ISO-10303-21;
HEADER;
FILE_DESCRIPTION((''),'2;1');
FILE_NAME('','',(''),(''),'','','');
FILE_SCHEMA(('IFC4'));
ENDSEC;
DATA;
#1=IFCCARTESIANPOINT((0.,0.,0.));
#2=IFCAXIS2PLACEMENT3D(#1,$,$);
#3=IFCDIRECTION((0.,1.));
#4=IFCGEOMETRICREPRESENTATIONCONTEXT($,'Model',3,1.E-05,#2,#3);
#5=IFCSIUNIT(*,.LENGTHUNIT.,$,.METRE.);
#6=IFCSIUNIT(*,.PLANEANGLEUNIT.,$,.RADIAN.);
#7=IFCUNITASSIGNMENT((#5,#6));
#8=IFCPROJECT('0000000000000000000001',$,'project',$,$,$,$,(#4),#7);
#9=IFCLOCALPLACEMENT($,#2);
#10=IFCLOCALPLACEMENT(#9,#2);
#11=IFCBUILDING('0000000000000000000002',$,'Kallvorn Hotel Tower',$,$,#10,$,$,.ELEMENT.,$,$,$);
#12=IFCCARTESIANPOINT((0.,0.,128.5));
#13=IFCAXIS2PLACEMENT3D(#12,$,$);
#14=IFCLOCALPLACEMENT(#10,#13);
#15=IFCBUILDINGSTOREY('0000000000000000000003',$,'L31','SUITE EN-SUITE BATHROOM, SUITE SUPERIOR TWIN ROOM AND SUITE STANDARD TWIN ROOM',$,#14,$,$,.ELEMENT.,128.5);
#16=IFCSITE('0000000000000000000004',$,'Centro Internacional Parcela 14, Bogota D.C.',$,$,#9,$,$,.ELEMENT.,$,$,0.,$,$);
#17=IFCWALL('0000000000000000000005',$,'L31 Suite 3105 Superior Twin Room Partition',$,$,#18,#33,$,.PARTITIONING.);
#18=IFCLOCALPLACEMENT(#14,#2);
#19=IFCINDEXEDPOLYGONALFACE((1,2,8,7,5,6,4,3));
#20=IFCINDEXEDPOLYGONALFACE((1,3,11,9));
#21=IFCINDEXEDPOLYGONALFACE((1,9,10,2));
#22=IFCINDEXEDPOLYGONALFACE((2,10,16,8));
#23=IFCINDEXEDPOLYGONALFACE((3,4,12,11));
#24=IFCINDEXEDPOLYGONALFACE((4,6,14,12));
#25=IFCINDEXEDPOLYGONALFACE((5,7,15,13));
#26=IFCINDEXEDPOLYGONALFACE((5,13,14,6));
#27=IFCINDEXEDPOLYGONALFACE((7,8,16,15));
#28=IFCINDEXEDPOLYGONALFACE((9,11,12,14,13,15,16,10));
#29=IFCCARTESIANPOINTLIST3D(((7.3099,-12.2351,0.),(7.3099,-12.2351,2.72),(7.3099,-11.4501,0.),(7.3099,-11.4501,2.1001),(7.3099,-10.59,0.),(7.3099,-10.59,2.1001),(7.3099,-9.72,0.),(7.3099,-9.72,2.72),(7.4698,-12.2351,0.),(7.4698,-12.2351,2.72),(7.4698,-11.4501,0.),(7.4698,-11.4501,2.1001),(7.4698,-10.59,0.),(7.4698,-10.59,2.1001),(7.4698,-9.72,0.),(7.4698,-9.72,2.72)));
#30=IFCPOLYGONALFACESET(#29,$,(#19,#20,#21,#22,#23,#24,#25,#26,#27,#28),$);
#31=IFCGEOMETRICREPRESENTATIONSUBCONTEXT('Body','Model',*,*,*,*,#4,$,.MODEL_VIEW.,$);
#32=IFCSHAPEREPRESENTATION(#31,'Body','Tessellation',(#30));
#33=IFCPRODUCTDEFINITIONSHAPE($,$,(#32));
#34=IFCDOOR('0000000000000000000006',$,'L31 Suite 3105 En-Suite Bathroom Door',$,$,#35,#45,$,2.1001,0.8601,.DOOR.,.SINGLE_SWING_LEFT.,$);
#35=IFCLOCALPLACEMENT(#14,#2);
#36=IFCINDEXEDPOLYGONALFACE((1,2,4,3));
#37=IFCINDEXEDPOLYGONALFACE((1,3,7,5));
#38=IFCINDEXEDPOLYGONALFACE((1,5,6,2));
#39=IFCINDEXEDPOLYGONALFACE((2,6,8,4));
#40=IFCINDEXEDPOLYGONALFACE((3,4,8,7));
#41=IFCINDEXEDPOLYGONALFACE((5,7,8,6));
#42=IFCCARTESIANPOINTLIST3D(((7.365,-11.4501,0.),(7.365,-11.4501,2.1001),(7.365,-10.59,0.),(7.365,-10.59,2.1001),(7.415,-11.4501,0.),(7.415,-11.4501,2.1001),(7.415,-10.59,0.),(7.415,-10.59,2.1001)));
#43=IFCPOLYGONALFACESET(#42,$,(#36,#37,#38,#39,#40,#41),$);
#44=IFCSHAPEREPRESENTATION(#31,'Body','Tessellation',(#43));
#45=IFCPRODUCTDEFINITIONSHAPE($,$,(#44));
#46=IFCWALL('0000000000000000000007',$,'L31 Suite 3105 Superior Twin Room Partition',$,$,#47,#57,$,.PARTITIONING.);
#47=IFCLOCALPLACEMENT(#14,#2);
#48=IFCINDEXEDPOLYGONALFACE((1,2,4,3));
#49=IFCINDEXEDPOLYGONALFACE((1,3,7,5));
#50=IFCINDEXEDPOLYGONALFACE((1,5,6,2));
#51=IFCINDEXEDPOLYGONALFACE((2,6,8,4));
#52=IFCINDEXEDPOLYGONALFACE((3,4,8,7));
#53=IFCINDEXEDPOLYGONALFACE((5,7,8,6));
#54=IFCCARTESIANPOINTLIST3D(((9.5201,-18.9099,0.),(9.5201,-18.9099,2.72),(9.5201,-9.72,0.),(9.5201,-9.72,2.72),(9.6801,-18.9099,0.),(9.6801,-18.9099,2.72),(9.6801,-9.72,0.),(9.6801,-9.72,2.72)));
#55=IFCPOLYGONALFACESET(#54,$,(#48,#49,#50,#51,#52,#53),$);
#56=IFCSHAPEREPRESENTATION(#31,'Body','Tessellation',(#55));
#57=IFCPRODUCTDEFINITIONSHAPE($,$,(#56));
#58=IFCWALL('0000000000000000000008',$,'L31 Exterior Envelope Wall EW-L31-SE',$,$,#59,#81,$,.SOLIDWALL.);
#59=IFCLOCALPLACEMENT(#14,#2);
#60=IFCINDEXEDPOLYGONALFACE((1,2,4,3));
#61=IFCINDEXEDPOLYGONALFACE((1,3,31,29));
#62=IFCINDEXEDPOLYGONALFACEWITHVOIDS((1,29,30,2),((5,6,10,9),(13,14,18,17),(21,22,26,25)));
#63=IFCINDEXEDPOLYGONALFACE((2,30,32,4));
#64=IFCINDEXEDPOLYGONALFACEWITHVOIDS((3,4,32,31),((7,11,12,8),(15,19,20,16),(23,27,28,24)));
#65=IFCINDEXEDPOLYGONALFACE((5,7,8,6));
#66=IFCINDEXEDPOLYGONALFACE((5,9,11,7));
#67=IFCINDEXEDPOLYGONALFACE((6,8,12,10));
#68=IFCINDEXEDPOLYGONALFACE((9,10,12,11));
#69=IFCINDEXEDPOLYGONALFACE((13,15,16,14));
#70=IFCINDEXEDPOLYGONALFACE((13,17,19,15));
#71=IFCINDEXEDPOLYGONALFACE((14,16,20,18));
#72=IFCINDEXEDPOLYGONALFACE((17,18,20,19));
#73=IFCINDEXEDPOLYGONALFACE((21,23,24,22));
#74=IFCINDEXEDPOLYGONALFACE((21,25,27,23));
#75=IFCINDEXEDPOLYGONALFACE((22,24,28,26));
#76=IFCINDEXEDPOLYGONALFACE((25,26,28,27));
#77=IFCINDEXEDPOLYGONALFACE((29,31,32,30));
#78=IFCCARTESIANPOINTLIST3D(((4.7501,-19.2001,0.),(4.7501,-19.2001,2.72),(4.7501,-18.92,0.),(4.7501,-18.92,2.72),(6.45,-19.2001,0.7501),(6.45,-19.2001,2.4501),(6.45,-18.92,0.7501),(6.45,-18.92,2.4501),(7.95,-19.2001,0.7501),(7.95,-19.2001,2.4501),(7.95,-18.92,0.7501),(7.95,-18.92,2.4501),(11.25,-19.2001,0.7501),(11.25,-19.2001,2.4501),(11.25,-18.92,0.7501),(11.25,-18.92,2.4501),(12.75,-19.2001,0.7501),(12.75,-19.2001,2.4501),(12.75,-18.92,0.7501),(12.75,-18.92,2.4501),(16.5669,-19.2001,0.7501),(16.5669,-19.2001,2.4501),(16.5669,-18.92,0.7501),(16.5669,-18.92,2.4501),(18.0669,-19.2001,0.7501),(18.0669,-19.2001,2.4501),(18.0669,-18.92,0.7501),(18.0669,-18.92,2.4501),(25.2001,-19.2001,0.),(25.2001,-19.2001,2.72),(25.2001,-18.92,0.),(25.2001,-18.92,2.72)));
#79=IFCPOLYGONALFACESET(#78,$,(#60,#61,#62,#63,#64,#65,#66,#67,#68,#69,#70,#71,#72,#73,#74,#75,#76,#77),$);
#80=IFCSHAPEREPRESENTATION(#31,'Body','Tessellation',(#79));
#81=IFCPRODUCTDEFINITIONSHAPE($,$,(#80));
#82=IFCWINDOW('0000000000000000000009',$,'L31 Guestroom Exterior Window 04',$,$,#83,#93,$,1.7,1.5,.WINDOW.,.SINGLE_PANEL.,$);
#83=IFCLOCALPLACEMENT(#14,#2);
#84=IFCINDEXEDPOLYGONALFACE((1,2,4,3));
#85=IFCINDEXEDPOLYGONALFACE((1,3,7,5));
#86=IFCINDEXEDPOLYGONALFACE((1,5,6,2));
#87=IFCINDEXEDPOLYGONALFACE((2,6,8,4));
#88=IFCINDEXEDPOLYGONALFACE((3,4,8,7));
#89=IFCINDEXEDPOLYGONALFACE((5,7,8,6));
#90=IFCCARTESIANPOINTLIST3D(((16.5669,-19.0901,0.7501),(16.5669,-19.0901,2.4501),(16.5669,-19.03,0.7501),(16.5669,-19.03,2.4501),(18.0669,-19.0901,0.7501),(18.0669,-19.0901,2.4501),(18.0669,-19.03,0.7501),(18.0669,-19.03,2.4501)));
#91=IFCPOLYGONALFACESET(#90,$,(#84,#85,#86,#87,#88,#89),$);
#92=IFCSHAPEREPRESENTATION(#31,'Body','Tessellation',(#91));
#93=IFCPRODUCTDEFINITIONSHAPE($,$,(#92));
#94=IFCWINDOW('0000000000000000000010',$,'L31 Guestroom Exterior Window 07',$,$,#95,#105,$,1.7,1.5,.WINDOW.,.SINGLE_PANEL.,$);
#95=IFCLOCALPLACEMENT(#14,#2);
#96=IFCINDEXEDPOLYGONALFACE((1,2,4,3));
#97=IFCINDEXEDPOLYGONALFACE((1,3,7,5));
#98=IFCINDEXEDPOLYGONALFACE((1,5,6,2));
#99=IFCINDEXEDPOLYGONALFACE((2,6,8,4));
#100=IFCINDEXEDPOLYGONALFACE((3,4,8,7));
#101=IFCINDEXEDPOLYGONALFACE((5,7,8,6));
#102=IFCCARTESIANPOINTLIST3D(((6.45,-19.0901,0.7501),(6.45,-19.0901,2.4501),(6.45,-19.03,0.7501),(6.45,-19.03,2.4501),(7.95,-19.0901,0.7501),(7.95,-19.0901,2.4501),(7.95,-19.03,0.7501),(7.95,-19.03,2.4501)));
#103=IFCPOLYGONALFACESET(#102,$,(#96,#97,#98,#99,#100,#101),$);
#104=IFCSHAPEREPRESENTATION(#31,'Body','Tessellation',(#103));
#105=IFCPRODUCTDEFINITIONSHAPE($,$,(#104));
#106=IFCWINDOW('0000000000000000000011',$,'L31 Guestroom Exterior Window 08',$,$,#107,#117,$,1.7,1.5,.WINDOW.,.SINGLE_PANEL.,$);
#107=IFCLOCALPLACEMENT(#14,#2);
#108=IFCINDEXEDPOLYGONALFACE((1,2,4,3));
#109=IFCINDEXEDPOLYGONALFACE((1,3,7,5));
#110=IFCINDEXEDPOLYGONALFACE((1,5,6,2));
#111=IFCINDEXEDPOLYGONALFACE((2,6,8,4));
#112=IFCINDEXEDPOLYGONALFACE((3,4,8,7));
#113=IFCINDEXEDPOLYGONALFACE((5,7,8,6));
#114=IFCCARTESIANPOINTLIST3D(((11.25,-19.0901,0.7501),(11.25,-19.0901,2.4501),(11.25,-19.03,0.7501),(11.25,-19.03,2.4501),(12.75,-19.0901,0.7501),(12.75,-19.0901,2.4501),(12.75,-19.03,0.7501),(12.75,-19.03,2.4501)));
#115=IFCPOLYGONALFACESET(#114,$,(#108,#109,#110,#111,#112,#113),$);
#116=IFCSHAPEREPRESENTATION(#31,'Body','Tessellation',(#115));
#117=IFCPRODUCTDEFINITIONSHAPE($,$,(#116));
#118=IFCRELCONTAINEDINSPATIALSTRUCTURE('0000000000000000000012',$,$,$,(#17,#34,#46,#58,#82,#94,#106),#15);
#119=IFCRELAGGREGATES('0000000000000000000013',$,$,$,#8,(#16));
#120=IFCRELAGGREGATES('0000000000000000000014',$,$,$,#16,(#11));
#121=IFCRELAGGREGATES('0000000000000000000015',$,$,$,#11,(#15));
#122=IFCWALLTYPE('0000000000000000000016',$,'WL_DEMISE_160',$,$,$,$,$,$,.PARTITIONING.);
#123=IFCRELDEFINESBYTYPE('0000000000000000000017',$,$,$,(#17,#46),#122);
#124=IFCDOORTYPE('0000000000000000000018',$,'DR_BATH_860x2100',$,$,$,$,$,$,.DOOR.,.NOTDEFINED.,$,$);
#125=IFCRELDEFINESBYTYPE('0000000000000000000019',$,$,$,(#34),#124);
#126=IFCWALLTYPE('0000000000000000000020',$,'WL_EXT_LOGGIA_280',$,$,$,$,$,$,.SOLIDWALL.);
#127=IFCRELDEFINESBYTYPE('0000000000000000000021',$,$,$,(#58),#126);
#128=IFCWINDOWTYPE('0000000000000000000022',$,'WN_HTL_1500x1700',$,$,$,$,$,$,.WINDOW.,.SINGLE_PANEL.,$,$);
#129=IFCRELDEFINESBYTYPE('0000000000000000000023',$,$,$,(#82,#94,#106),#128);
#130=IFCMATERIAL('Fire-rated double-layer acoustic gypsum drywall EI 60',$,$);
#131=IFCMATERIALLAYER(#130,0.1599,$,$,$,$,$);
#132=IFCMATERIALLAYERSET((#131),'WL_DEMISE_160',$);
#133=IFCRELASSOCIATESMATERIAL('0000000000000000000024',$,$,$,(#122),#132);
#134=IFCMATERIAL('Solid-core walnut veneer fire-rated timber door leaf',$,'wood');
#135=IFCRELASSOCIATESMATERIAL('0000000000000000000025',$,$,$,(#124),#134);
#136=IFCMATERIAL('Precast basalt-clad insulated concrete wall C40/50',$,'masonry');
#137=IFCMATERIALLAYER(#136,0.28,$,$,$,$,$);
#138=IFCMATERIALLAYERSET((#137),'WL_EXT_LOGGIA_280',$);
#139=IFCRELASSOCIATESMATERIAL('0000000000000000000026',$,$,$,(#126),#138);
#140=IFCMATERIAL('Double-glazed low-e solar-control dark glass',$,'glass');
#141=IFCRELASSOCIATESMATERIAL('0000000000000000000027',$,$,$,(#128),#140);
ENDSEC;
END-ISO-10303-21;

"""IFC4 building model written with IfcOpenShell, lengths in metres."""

from ifc_helpers import new_model, si_unit, direction, frame, frame_2d, origin, place, context, subcontext, project, spatial, rectangle, extrude, material, layer, layer_set, type_object, element, fill, save


model = new_model("IFC4")

# Units and contexts
model_context = context("Model", 3, precision=1e-05, world=origin(), true_north=direction((0.0, 1.0)))
body_context = subcontext(model_context, "Body", "Model", "MODEL_VIEW")
ifc_project = project(units=[si_unit("LENGTHUNIT", "METRE"), si_unit("PLANEANGLEUNIT", "RADIAN")], contexts=[model_context])

# Site, building, storey
site_placement = place(None, origin())
site = spatial("IfcSite", under=ifc_project, at=site_placement, Name="Centro Internacional Parcela 14, Bogota D.C.", CompositionType="ELEMENT", RefElevation=0.0)
building_placement = place(site_placement, origin())
building = spatial("IfcBuilding", under=site, at=building_placement, Name="Kallvorn Hotel Tower", CompositionType="ELEMENT")
storey_placement = place(building_placement, frame((0.0, 0.0, 128.5)))
storey = spatial("IfcBuildingStorey", under=building, at=storey_placement, Name="L31", Description="SUITE EN-SUITE BATHROOM, SUITE SUPERIOR TWIN ROOM AND SUITE STANDARD TWIN ROOM", CompositionType="ELEMENT", Elevation=128.5)

# Shared definitions
ifc_material_1 = material(Name="Fire-rated double-layer acoustic gypsum drywall EI 60")
ifc_layer_1 = layer(ifc_material_1, 0.1599)
ifc_layer_set_1 = layer_set([ifc_layer_1], Name="WL_DEMISE_160")
wall_type_1 = type_object("IfcWallType", Name="WL_DEMISE_160", PredefinedType="PARTITIONING", material=ifc_layer_set_1)

# Wall, opening, door
wall_1_placement = place(storey_placement, frame((7.3899, -12.2351, 0.0), z_axis=(0.0, 0.0, 1.0), x_axis=(0.0, 1.0, 0.0)))
wall_1 = element("IfcWall", 1, at=wall_1_placement, inside=storey, type_object=wall_type_1, Name="L31 Suite 3105 Superior Twin Room Partition", PredefinedType="PARTITIONING", context=body_context, shape_type="SweptSolid", body=[
    extrude(rectangle(XDim=2.5151, YDim=0.1599, at=frame_2d((1.2576, 0.0))), origin(), (0.0, 0.0, 1.0), 2.72),
])
opening_1_placement = place(wall_1_placement, frame((0.7849, 0.0, 0.0)))
opening_1 = element("IfcOpeningElement", 2, at=opening_1_placement, cuts=wall_1, PredefinedType="OPENING", context=body_context, shape_type="SweptSolid", body=[
    extrude(rectangle(XDim=0.8601, YDim=2.1001, at=frame_2d((0.4302, 1.05))), frame((0.0, 0.095, 0.0), z_axis=(0.0, -1.0, 0.0), x_axis=(1.0, 0.0, 0.0)), (0.0, 0.0, 1.0), 0.1899),
])
ifc_material_2 = material(Name="Solid-core walnut veneer fire-rated timber door leaf", Category="wood")
door_type = type_object("IfcDoorType", Name="DR_BATH_860x2100", OperationType="NOTDEFINED", PredefinedType="DOOR", material=ifc_material_2)
door_placement = place(opening_1_placement, origin())
door = element("IfcDoor", 3, at=door_placement, inside=storey, type_object=door_type, Name="L31 Suite 3105 En-Suite Bathroom Door", OperationType="SINGLE_SWING_LEFT", OverallHeight=2.1001, OverallWidth=0.8601, PredefinedType="DOOR", context=body_context, shape_type="SweptSolid", body=[
    extrude(rectangle(XDim=0.8601, YDim=2.1001, at=frame_2d((0.4302, 1.05))), frame((0.0, 0.0249, 0.0), z_axis=(0.0, -1.0, 0.0), x_axis=(1.0, 0.0, 0.0)), (0.0, 0.0, 1.0), 0.05),
])
fill(opening_1, door)

# Wall
wall_2_placement = place(storey_placement, frame((9.6001, -18.9099, 0.0), z_axis=(0.0, 0.0, 1.0), x_axis=(0.0, 1.0, 0.0)))
element("IfcWall", 4, at=wall_2_placement, inside=storey, type_object=wall_type_1, Name="L31 Suite 3105 Superior Twin Room Partition", PredefinedType="PARTITIONING", context=body_context, shape_type="SweptSolid", body=[
    extrude(rectangle(XDim=9.1899, YDim=0.1599, at=frame_2d((4.595, 0.0))), origin(), (0.0, 0.0, 1.0), 2.72),
])

# Wall, openings, windows
ifc_material_3 = material(Name="Precast basalt-clad insulated concrete wall C40/50", Category="masonry")
ifc_layer_2 = layer(ifc_material_3, 0.28)
ifc_layer_set_2 = layer_set([ifc_layer_2], Name="WL_EXT_LOGGIA_280")
wall_type_2 = type_object("IfcWallType", Name="WL_EXT_LOGGIA_280", PredefinedType="SOLIDWALL", material=ifc_layer_set_2)
wall_3_placement = place(storey_placement, frame((4.75, -19.0601, 0.0), z_axis=(0.0, 0.0, 1.0), x_axis=(1.0, 0.0, 0.0)))
wall_3 = element("IfcWall", 5, at=wall_3_placement, inside=storey, type_object=wall_type_2, Name="L31 Exterior Envelope Wall EW-L31-SE", PredefinedType="SOLIDWALL", context=body_context, shape_type="SweptSolid", body=[
    extrude(rectangle(XDim=20.45, YDim=0.28, at=frame_2d((10.2251, 0.0))), origin(), (0.0, 0.0, 1.0), 2.72),
])
opening_2_placement = place(wall_3_placement, frame((11.8169, 0.0, 0.75)))
opening_2 = element("IfcOpeningElement", 6, at=opening_2_placement, cuts=wall_3, PredefinedType="OPENING", context=body_context, shape_type="SweptSolid", body=[
    extrude(rectangle(XDim=1.5, YDim=1.7, at=frame_2d((0.75, 0.8501))), frame((0.0, 0.155, 0.0), z_axis=(0.0, -1.0, 0.0), x_axis=(1.0, 0.0, 0.0)), (0.0, 0.0, 1.0), 0.3101),
])
opening_3_placement = place(wall_3_placement, frame((1.7, 0.0, 0.75)))
opening_3 = element("IfcOpeningElement", 7, at=opening_3_placement, cuts=wall_3, PredefinedType="OPENING", context=body_context, shape_type="SweptSolid", body=[
    extrude(rectangle(XDim=1.5, YDim=1.7, at=frame_2d((0.75, 0.8501))), frame((0.0, 0.155, 0.0), z_axis=(0.0, -1.0, 0.0), x_axis=(1.0, 0.0, 0.0)), (0.0, 0.0, 1.0), 0.3101),
])
opening_4_placement = place(wall_3_placement, frame((6.5, 0.0, 0.75)))
opening_4 = element("IfcOpeningElement", 8, at=opening_4_placement, cuts=wall_3, PredefinedType="OPENING", context=body_context, shape_type="SweptSolid", body=[
    extrude(rectangle(XDim=1.5, YDim=1.7, at=frame_2d((0.75, 0.8501))), frame((0.0, 0.155, 0.0), z_axis=(0.0, -1.0, 0.0), x_axis=(1.0, 0.0, 0.0)), (0.0, 0.0, 1.0), 0.3101),
])
ifc_material_4 = material(Name="Double-glazed low-e solar-control dark glass", Category="glass")
window_type = type_object("IfcWindowType", Name="WN_HTL_1500x1700", PartitioningType="SINGLE_PANEL", PredefinedType="WINDOW", material=ifc_material_4)
window_1_placement = place(opening_2_placement, origin())
window_1 = element("IfcWindow", 9, at=window_1_placement, inside=storey, type_object=window_type, Name="L31 Guestroom Exterior Window 04", OverallHeight=1.7, OverallWidth=1.5, PartitioningType="SINGLE_PANEL", PredefinedType="WINDOW", context=body_context, shape_type="SweptSolid", body=[
    extrude(rectangle(XDim=1.5, YDim=1.7, at=frame_2d((0.75, 0.8501))), frame((0.0, 0.03, 0.0), z_axis=(0.0, -1.0, 0.0), x_axis=(1.0, 0.0, 0.0)), (0.0, 0.0, 1.0), 0.0601),
])
fill(opening_2, window_1)
window_2_placement = place(opening_3_placement, origin())
window_2 = element("IfcWindow", 10, at=window_2_placement, inside=storey, type_object=window_type, Name="L31 Guestroom Exterior Window 07", OverallHeight=1.7, OverallWidth=1.5, PartitioningType="SINGLE_PANEL", PredefinedType="WINDOW", context=body_context, shape_type="SweptSolid", body=[
    extrude(rectangle(XDim=1.5, YDim=1.7, at=frame_2d((0.75, 0.8501))), frame((0.0, 0.03, 0.0), z_axis=(0.0, -1.0, 0.0), x_axis=(1.0, 0.0, 0.0)), (0.0, 0.0, 1.0), 0.0601),
])
fill(opening_3, window_2)
window_3_placement = place(opening_4_placement, origin())
window_3 = element("IfcWindow", 11, at=window_3_placement, inside=storey, type_object=window_type, Name="L31 Guestroom Exterior Window 08", OverallHeight=1.7, OverallWidth=1.5, PartitioningType="SINGLE_PANEL", PredefinedType="WINDOW", context=body_context, shape_type="SweptSolid", body=[
    extrude(rectangle(XDim=1.5, YDim=1.7, at=frame_2d((0.75, 0.8501))), frame((0.0, 0.03, 0.0), z_axis=(0.0, -1.0, 0.0), x_axis=(1.0, 0.0, 0.0)), (0.0, 0.0, 1.0), 0.0601),
])
fill(opening_4, window_3)

save(model, "model.ifc")
